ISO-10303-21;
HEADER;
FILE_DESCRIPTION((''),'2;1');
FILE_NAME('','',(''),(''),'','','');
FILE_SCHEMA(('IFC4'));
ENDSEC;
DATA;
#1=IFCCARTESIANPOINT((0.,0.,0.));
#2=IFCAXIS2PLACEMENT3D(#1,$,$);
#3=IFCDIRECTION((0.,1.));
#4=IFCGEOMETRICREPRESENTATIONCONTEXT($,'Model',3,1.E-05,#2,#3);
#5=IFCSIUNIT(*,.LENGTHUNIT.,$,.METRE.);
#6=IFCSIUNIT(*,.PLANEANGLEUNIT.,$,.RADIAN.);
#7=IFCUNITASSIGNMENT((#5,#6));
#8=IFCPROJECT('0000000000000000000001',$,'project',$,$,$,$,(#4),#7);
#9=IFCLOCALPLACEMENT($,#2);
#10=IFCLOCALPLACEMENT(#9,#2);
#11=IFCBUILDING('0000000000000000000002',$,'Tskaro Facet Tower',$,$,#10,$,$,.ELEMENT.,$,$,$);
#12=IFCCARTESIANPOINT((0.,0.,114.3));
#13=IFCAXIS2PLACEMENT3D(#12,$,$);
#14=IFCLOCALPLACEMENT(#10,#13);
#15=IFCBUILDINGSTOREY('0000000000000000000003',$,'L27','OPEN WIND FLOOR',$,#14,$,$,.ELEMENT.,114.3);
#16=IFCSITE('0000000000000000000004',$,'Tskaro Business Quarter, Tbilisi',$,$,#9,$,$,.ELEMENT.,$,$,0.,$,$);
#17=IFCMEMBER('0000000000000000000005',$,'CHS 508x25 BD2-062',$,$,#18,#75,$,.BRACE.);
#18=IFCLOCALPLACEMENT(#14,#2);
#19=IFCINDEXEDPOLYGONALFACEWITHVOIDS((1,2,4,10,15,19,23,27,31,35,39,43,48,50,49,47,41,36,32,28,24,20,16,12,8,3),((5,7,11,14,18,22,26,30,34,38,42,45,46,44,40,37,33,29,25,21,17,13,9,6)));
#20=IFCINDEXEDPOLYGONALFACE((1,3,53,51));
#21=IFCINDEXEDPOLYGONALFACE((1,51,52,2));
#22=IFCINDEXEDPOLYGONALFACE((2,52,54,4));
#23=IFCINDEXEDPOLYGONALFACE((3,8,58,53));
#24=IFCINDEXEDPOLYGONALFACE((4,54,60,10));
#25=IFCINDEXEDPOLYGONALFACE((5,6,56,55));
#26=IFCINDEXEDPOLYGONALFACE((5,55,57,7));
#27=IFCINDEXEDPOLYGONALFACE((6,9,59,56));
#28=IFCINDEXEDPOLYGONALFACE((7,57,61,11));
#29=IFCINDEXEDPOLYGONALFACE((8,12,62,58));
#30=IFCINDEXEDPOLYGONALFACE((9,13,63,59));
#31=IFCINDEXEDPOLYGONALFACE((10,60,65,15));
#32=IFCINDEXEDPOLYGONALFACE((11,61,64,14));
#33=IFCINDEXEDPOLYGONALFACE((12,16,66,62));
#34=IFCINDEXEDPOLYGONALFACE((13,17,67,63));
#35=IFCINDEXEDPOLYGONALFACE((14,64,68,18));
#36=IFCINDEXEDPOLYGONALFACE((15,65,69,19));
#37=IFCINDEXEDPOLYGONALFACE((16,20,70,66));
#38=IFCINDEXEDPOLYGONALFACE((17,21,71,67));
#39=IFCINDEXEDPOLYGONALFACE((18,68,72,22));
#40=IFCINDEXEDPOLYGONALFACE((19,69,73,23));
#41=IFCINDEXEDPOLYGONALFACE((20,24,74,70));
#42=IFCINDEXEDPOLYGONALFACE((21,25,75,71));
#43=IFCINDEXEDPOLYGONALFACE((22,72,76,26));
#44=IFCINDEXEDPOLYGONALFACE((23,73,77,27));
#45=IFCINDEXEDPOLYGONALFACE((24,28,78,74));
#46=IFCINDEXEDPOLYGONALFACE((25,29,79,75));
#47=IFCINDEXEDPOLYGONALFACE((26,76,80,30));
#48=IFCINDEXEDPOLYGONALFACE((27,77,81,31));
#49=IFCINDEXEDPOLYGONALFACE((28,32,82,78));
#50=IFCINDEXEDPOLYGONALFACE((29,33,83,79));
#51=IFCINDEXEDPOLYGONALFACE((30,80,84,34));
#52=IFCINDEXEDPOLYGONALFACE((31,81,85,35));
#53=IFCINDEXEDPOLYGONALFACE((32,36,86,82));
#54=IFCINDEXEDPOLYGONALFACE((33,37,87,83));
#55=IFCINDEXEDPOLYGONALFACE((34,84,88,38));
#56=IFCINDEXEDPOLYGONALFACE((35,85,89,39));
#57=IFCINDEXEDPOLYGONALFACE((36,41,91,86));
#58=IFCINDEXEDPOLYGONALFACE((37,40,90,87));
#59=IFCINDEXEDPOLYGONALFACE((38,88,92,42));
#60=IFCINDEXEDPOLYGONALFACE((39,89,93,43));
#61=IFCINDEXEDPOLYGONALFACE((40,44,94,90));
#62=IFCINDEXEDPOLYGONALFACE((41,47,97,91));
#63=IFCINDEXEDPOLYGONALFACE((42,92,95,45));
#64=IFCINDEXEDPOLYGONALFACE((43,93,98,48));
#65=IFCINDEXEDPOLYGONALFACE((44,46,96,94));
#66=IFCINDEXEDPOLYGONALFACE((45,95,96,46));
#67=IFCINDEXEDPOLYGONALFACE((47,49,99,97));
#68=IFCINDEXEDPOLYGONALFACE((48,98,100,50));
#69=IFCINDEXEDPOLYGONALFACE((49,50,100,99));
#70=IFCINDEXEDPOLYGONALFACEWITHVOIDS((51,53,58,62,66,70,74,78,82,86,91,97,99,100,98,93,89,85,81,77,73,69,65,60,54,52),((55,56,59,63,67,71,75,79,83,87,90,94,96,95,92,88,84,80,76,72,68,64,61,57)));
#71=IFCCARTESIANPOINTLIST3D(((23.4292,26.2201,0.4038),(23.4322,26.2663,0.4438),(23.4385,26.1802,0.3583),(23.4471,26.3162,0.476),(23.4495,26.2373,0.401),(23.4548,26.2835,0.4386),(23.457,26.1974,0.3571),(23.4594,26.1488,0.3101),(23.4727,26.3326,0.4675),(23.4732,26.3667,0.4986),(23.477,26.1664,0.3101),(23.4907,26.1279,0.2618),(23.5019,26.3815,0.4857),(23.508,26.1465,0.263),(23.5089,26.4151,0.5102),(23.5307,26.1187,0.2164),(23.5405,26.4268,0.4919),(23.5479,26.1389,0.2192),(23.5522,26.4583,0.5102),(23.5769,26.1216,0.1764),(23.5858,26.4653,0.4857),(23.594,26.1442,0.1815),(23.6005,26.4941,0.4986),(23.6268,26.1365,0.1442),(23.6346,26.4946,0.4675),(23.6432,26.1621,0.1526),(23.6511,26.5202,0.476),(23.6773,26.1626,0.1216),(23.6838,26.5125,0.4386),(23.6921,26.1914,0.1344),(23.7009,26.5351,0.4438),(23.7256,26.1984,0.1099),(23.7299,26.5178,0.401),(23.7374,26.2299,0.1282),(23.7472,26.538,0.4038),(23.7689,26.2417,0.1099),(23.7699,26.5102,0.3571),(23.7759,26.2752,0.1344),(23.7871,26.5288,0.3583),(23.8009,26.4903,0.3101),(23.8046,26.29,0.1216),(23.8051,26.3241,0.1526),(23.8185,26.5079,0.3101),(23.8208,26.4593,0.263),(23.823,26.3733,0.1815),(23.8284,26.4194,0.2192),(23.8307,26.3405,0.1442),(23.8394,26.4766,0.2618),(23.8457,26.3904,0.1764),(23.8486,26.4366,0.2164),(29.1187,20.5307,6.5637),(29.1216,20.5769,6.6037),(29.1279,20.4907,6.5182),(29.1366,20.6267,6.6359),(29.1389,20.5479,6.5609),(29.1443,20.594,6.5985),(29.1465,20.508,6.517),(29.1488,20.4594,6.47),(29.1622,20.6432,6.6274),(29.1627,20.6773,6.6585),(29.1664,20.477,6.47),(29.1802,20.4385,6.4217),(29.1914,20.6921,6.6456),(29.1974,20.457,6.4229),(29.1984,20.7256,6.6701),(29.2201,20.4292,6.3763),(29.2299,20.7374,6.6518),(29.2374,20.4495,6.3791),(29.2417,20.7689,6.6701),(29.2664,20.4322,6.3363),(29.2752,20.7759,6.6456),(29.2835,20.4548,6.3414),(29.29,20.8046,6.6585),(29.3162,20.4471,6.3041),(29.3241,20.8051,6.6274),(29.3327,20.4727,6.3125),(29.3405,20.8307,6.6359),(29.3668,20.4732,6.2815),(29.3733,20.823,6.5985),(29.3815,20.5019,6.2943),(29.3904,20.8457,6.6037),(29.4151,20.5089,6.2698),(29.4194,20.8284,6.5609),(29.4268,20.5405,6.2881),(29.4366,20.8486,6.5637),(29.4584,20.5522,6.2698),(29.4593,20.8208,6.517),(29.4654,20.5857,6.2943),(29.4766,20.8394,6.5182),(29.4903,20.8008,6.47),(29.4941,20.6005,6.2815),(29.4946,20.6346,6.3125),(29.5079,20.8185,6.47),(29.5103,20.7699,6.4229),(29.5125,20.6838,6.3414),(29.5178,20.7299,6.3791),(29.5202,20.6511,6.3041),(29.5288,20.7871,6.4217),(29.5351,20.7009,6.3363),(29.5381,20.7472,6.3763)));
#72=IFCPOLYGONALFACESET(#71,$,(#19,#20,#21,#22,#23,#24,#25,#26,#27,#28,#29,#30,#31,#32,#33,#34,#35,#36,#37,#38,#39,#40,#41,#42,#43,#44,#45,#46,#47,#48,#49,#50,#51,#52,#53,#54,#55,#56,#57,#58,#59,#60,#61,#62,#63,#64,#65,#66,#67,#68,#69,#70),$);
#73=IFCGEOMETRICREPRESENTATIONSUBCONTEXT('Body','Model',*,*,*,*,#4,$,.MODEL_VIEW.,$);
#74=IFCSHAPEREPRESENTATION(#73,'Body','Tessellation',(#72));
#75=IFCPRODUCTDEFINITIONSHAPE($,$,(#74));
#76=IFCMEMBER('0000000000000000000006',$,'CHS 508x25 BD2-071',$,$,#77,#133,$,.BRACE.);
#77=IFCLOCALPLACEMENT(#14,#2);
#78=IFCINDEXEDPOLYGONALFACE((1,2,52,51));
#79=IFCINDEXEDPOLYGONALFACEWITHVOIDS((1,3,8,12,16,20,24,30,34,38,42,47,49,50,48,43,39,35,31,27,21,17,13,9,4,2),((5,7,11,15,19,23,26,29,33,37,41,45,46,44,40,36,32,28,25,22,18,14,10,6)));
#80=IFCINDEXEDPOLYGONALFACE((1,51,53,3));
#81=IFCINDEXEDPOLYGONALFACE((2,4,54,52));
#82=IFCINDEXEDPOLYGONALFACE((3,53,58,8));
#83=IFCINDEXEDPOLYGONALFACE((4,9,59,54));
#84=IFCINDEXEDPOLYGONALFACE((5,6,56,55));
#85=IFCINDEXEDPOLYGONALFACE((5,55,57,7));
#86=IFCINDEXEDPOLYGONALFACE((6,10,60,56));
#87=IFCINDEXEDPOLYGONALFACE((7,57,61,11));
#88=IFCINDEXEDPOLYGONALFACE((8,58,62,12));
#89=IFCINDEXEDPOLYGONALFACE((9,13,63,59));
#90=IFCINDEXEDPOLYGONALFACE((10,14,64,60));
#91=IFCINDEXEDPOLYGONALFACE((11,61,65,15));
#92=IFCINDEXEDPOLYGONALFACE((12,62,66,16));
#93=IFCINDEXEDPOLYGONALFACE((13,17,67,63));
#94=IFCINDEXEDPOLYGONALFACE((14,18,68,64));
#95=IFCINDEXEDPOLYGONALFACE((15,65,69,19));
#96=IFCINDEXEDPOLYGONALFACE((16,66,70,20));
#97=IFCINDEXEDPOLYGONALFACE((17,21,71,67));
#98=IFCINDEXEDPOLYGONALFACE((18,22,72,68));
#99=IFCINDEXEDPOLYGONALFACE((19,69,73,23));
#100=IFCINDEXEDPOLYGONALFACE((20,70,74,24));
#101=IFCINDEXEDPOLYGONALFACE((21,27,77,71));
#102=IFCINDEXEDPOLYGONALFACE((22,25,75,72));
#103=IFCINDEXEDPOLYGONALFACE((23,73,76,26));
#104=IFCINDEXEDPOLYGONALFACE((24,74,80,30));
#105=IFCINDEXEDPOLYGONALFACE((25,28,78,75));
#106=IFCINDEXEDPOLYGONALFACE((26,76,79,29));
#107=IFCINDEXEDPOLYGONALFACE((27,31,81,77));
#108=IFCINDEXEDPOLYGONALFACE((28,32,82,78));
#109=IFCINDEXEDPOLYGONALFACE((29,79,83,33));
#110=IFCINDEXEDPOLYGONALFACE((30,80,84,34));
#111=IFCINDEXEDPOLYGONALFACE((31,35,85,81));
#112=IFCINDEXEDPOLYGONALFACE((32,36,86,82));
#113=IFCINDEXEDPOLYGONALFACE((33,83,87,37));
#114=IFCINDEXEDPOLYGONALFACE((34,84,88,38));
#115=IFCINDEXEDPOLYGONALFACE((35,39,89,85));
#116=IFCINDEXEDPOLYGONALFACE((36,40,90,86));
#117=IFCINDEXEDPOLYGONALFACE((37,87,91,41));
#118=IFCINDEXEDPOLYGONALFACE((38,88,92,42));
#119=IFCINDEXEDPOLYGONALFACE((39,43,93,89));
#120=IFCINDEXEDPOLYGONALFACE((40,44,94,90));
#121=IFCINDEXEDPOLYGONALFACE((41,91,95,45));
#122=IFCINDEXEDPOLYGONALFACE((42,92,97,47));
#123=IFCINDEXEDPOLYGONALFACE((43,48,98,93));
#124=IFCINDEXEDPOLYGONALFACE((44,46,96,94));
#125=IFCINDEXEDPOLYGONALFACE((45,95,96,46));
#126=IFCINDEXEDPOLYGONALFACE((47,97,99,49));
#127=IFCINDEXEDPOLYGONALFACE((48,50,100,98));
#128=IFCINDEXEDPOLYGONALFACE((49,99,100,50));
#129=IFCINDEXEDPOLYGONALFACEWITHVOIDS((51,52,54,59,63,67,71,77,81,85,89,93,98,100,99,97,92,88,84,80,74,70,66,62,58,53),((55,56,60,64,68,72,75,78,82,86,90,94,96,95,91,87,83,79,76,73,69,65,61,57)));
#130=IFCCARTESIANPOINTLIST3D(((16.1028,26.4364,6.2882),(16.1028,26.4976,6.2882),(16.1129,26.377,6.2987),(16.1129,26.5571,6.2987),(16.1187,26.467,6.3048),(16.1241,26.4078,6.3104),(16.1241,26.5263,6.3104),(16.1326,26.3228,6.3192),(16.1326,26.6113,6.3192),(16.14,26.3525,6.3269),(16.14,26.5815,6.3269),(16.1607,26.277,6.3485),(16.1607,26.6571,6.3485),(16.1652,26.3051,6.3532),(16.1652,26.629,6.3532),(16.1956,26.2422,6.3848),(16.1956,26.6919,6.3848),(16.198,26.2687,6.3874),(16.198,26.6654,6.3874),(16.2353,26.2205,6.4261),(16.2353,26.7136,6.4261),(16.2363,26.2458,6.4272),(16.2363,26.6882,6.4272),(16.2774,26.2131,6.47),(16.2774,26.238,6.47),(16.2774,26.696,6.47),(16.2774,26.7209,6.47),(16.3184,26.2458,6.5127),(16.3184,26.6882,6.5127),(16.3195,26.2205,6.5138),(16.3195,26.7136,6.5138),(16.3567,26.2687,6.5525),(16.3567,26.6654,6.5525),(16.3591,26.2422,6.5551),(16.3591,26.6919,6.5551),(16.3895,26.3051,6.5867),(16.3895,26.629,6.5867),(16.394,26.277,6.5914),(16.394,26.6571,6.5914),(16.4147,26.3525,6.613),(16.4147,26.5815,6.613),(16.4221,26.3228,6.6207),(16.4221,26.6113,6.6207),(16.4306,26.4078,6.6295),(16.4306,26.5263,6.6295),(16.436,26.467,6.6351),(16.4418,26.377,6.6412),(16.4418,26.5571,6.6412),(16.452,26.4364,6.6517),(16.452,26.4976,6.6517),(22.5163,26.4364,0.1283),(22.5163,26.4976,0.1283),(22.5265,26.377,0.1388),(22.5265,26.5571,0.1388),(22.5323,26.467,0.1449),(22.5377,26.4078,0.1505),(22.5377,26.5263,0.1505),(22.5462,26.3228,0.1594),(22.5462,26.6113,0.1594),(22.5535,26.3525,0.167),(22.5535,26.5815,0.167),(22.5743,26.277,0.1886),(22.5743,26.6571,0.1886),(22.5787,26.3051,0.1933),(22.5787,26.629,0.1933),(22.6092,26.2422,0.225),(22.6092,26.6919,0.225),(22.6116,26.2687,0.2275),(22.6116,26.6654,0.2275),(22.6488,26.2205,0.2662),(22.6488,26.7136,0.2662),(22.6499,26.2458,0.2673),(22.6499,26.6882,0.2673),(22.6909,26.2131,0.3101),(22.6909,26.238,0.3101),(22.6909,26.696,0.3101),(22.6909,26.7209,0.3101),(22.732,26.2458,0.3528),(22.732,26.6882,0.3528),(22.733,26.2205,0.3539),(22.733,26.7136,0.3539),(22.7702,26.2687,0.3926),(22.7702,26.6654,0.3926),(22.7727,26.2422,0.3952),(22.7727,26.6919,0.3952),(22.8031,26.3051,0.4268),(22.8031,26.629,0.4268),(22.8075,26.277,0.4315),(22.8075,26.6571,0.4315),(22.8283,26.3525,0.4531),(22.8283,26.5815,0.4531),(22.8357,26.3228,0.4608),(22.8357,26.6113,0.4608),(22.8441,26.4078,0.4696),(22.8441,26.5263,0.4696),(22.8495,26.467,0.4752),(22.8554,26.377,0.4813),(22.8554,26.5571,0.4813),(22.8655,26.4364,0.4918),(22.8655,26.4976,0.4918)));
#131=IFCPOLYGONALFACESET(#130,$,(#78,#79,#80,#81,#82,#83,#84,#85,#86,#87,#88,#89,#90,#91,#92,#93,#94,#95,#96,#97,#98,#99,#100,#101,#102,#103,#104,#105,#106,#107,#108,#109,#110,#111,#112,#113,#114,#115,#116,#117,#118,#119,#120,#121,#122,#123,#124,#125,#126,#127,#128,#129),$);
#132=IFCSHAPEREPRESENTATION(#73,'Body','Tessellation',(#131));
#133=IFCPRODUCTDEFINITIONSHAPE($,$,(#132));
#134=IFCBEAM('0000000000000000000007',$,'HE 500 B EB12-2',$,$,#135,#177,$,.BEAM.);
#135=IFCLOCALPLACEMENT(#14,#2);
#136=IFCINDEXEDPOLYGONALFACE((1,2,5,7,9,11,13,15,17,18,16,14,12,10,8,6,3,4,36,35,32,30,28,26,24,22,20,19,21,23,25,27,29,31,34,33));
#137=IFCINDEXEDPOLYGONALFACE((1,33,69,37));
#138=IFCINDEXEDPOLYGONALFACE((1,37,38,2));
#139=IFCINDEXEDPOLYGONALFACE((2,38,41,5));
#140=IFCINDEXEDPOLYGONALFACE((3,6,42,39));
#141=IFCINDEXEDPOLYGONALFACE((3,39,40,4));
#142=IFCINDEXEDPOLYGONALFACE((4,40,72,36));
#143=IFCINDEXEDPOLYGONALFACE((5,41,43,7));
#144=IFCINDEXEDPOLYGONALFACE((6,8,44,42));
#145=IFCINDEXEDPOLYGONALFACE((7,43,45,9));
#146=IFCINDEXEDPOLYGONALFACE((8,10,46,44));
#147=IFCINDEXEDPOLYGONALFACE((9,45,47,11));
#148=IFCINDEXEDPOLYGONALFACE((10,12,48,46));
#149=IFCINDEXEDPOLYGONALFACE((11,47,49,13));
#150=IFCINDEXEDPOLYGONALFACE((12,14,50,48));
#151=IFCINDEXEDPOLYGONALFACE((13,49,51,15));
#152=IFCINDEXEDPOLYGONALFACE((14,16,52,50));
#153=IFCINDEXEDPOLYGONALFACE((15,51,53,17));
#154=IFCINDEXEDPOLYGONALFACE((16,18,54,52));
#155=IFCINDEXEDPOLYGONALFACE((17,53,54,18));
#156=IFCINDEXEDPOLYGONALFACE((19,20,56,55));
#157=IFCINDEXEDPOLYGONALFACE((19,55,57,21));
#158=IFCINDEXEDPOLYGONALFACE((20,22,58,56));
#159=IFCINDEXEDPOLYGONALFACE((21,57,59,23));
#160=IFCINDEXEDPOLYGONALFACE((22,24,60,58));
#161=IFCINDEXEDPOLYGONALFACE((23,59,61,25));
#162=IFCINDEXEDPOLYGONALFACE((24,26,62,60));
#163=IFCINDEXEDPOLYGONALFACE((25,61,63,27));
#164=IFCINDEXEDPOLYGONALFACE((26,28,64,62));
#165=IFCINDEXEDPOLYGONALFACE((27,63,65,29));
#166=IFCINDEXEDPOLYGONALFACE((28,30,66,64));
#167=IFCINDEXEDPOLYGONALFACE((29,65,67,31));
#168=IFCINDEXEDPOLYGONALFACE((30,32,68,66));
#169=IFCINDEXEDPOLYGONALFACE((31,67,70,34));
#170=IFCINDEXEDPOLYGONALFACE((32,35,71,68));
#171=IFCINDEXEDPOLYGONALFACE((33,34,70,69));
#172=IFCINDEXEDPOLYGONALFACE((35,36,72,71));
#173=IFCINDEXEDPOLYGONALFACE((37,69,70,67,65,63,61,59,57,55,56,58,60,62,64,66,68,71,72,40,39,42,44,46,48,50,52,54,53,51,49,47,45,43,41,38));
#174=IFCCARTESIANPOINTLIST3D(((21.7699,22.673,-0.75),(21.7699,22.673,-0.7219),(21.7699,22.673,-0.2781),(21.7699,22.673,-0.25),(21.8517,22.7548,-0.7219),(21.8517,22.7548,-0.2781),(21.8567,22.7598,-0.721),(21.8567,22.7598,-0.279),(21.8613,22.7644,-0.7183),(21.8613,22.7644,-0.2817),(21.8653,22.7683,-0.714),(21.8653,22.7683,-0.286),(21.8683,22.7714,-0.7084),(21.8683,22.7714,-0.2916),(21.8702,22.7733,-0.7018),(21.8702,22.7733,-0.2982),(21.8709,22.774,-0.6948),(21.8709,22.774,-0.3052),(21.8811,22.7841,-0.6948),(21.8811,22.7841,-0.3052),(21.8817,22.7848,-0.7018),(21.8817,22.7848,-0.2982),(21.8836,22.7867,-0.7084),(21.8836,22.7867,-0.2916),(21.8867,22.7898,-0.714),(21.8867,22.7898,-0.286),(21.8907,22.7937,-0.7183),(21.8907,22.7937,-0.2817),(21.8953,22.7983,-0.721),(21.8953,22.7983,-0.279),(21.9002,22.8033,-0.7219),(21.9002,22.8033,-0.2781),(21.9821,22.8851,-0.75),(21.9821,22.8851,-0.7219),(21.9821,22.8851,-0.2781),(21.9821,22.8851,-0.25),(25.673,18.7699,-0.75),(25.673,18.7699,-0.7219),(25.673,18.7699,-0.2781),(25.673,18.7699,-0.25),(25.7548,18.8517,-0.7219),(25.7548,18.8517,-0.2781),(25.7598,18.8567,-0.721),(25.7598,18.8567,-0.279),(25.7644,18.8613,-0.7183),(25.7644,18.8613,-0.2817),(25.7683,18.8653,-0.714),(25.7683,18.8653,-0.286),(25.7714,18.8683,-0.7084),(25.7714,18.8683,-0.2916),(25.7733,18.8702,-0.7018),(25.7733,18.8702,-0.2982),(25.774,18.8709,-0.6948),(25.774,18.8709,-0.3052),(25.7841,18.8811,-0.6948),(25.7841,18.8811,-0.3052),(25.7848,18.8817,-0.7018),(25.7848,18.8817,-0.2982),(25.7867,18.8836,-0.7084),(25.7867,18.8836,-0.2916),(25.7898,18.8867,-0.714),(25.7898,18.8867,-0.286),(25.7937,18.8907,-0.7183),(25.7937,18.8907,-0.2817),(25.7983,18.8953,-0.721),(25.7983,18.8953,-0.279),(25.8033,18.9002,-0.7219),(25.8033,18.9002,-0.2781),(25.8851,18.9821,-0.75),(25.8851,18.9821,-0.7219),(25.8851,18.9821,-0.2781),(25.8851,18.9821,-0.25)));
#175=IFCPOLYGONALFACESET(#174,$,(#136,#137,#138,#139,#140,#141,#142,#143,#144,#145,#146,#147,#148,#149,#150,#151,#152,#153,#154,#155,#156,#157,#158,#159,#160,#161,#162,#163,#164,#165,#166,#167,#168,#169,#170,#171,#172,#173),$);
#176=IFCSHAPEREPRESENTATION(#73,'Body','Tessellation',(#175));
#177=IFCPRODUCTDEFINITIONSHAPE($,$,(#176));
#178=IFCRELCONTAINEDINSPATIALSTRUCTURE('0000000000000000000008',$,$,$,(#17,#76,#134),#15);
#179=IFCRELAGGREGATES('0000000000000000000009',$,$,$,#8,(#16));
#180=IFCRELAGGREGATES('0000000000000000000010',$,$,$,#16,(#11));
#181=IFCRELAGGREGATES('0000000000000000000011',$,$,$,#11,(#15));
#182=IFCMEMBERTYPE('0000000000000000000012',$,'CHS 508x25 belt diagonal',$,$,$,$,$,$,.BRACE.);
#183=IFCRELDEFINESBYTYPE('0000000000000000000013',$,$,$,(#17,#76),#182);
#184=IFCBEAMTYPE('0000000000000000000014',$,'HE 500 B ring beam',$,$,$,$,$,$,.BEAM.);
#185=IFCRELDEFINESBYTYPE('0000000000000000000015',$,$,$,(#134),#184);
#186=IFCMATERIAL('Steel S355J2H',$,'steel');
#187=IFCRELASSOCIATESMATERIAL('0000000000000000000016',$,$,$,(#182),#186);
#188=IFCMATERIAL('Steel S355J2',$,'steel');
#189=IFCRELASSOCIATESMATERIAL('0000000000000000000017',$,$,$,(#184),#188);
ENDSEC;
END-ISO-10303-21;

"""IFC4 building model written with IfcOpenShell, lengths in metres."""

from ifc_helpers import new_model, si_unit, direction, frame, origin, origin_2d, place, context, subcontext, project, spatial, hollow_circle, i_section, extrude, material, material_profile, profile_set, type_object, element, save


model = new_model("IFC4")

# Units and contexts
model_context = context("Model", 3, precision=1e-05, world=origin(), true_north=direction((0.0, 1.0)))
body_context = subcontext(model_context, "Body", "Model", "MODEL_VIEW")
ifc_project = project(units=[si_unit("LENGTHUNIT", "METRE"), si_unit("PLANEANGLEUNIT", "RADIAN")], contexts=[model_context])

# Site, building, storey
site_placement = place(None, origin())
site = spatial("IfcSite", under=ifc_project, at=site_placement, Name="Tskaro Business Quarter, Tbilisi", CompositionType="ELEMENT", RefElevation=0.0)
building_placement = place(site_placement, origin())
building = spatial("IfcBuilding", under=site, at=building_placement, Name="Tskaro Facet Tower", CompositionType="ELEMENT")
storey_placement = place(building_placement, frame((0.0, 0.0, 114.3)))
storey = spatial("IfcBuildingStorey", under=building, at=storey_placement, Name="L27", Description="OPEN WIND FLOOR", CompositionType="ELEMENT", Elevation=114.3)

# Shared definitions
ifc_material_1 = material(Name="Steel S355J2H", Category="steel")

# Shared definitions
ifc_material_2 = material(Name="Steel S355J2", Category="steel")

# Members
ifc_material_profile_1 = material_profile(ifc_material_1, hollow_circle(Radius=0.2539, WallThickness=0.0249, at=origin_2d()), Name="CHS 508x25")
ifc_profile_set_1 = profile_set([ifc_material_profile_1], Name="Steel S355J2H")
member_type_1 = type_object("IfcMemberType", Name="CHS 508x25 belt diagonal", PredefinedType="BRACE", material=ifc_profile_set_1)
member_1_placement = place(storey_placement, frame((29.3284, 20.6389, 6.47), z_axis=(-0.56146, 0.56146, -0.607887), x_axis=(-0.707107, -0.707107, 0.0)))
element("IfcMember", 1, at=member_1_placement, inside=storey, type_object=member_type_1, Name="CHS 508x25 BD2-062", PredefinedType="BRACE", context=body_context, shape_type="SweptSolid", body=[
    extrude(hollow_circle(Radius=0.2539, WallThickness=0.0249, at=origin_2d()), origin(), (0.0, 0.0, 1.0), 10.1333),
])
member_2_placement = place(storey_placement, frame((22.6909, 26.467, 0.3101), z_axis=(-0.721225, 0.0, 0.6927), x_axis=(0.0, -1.0, 0.0)))
element("IfcMember", 2, at=member_2_placement, inside=storey, type_object=member_type_1, Name="CHS 508x25 BD2-071", PredefinedType="BRACE", context=body_context, shape_type="SweptSolid", body=[
    extrude(hollow_circle(Radius=0.2539, WallThickness=0.0249, at=origin_2d()), origin(), (0.0, 0.0, 1.0), 8.8926),
])

# Beam
ifc_material_profile_2 = material_profile(ifc_material_2, i_section(OverallWidth=0.3, OverallDepth=0.5, WebThickness=0.0144, FlangeThickness=0.0281, FilletRadius=0.0271, at=origin_2d()), Name="HE 500 B")
ifc_profile_set_2 = profile_set([ifc_material_profile_2], Name="Steel S355J2")
beam_type_1 = type_object("IfcBeamType", Name="HE 500 B ring beam", PredefinedType="BEAM", material=ifc_profile_set_2)
beam_1_placement = place(storey_placement, frame((25.7791, 18.876, -0.5), z_axis=(-0.707107, 0.707107, 0.0), x_axis=(-0.707107, -0.707107, 0.0)))
element("IfcBeam", 3, at=beam_1_placement, inside=storey, type_object=beam_type_1, Name="HE 500 B EB12-2", PredefinedType="BEAM", context=body_context, shape_type="SweptSolid", body=[
    extrude(i_section(OverallWidth=0.3, OverallDepth=0.5, WebThickness=0.0144, FlangeThickness=0.0281, FilletRadius=0.0271, at=origin_2d()), origin(), (0.0, 0.0, 1.0), 5.5198),
])

save(model, "model.ifc")
